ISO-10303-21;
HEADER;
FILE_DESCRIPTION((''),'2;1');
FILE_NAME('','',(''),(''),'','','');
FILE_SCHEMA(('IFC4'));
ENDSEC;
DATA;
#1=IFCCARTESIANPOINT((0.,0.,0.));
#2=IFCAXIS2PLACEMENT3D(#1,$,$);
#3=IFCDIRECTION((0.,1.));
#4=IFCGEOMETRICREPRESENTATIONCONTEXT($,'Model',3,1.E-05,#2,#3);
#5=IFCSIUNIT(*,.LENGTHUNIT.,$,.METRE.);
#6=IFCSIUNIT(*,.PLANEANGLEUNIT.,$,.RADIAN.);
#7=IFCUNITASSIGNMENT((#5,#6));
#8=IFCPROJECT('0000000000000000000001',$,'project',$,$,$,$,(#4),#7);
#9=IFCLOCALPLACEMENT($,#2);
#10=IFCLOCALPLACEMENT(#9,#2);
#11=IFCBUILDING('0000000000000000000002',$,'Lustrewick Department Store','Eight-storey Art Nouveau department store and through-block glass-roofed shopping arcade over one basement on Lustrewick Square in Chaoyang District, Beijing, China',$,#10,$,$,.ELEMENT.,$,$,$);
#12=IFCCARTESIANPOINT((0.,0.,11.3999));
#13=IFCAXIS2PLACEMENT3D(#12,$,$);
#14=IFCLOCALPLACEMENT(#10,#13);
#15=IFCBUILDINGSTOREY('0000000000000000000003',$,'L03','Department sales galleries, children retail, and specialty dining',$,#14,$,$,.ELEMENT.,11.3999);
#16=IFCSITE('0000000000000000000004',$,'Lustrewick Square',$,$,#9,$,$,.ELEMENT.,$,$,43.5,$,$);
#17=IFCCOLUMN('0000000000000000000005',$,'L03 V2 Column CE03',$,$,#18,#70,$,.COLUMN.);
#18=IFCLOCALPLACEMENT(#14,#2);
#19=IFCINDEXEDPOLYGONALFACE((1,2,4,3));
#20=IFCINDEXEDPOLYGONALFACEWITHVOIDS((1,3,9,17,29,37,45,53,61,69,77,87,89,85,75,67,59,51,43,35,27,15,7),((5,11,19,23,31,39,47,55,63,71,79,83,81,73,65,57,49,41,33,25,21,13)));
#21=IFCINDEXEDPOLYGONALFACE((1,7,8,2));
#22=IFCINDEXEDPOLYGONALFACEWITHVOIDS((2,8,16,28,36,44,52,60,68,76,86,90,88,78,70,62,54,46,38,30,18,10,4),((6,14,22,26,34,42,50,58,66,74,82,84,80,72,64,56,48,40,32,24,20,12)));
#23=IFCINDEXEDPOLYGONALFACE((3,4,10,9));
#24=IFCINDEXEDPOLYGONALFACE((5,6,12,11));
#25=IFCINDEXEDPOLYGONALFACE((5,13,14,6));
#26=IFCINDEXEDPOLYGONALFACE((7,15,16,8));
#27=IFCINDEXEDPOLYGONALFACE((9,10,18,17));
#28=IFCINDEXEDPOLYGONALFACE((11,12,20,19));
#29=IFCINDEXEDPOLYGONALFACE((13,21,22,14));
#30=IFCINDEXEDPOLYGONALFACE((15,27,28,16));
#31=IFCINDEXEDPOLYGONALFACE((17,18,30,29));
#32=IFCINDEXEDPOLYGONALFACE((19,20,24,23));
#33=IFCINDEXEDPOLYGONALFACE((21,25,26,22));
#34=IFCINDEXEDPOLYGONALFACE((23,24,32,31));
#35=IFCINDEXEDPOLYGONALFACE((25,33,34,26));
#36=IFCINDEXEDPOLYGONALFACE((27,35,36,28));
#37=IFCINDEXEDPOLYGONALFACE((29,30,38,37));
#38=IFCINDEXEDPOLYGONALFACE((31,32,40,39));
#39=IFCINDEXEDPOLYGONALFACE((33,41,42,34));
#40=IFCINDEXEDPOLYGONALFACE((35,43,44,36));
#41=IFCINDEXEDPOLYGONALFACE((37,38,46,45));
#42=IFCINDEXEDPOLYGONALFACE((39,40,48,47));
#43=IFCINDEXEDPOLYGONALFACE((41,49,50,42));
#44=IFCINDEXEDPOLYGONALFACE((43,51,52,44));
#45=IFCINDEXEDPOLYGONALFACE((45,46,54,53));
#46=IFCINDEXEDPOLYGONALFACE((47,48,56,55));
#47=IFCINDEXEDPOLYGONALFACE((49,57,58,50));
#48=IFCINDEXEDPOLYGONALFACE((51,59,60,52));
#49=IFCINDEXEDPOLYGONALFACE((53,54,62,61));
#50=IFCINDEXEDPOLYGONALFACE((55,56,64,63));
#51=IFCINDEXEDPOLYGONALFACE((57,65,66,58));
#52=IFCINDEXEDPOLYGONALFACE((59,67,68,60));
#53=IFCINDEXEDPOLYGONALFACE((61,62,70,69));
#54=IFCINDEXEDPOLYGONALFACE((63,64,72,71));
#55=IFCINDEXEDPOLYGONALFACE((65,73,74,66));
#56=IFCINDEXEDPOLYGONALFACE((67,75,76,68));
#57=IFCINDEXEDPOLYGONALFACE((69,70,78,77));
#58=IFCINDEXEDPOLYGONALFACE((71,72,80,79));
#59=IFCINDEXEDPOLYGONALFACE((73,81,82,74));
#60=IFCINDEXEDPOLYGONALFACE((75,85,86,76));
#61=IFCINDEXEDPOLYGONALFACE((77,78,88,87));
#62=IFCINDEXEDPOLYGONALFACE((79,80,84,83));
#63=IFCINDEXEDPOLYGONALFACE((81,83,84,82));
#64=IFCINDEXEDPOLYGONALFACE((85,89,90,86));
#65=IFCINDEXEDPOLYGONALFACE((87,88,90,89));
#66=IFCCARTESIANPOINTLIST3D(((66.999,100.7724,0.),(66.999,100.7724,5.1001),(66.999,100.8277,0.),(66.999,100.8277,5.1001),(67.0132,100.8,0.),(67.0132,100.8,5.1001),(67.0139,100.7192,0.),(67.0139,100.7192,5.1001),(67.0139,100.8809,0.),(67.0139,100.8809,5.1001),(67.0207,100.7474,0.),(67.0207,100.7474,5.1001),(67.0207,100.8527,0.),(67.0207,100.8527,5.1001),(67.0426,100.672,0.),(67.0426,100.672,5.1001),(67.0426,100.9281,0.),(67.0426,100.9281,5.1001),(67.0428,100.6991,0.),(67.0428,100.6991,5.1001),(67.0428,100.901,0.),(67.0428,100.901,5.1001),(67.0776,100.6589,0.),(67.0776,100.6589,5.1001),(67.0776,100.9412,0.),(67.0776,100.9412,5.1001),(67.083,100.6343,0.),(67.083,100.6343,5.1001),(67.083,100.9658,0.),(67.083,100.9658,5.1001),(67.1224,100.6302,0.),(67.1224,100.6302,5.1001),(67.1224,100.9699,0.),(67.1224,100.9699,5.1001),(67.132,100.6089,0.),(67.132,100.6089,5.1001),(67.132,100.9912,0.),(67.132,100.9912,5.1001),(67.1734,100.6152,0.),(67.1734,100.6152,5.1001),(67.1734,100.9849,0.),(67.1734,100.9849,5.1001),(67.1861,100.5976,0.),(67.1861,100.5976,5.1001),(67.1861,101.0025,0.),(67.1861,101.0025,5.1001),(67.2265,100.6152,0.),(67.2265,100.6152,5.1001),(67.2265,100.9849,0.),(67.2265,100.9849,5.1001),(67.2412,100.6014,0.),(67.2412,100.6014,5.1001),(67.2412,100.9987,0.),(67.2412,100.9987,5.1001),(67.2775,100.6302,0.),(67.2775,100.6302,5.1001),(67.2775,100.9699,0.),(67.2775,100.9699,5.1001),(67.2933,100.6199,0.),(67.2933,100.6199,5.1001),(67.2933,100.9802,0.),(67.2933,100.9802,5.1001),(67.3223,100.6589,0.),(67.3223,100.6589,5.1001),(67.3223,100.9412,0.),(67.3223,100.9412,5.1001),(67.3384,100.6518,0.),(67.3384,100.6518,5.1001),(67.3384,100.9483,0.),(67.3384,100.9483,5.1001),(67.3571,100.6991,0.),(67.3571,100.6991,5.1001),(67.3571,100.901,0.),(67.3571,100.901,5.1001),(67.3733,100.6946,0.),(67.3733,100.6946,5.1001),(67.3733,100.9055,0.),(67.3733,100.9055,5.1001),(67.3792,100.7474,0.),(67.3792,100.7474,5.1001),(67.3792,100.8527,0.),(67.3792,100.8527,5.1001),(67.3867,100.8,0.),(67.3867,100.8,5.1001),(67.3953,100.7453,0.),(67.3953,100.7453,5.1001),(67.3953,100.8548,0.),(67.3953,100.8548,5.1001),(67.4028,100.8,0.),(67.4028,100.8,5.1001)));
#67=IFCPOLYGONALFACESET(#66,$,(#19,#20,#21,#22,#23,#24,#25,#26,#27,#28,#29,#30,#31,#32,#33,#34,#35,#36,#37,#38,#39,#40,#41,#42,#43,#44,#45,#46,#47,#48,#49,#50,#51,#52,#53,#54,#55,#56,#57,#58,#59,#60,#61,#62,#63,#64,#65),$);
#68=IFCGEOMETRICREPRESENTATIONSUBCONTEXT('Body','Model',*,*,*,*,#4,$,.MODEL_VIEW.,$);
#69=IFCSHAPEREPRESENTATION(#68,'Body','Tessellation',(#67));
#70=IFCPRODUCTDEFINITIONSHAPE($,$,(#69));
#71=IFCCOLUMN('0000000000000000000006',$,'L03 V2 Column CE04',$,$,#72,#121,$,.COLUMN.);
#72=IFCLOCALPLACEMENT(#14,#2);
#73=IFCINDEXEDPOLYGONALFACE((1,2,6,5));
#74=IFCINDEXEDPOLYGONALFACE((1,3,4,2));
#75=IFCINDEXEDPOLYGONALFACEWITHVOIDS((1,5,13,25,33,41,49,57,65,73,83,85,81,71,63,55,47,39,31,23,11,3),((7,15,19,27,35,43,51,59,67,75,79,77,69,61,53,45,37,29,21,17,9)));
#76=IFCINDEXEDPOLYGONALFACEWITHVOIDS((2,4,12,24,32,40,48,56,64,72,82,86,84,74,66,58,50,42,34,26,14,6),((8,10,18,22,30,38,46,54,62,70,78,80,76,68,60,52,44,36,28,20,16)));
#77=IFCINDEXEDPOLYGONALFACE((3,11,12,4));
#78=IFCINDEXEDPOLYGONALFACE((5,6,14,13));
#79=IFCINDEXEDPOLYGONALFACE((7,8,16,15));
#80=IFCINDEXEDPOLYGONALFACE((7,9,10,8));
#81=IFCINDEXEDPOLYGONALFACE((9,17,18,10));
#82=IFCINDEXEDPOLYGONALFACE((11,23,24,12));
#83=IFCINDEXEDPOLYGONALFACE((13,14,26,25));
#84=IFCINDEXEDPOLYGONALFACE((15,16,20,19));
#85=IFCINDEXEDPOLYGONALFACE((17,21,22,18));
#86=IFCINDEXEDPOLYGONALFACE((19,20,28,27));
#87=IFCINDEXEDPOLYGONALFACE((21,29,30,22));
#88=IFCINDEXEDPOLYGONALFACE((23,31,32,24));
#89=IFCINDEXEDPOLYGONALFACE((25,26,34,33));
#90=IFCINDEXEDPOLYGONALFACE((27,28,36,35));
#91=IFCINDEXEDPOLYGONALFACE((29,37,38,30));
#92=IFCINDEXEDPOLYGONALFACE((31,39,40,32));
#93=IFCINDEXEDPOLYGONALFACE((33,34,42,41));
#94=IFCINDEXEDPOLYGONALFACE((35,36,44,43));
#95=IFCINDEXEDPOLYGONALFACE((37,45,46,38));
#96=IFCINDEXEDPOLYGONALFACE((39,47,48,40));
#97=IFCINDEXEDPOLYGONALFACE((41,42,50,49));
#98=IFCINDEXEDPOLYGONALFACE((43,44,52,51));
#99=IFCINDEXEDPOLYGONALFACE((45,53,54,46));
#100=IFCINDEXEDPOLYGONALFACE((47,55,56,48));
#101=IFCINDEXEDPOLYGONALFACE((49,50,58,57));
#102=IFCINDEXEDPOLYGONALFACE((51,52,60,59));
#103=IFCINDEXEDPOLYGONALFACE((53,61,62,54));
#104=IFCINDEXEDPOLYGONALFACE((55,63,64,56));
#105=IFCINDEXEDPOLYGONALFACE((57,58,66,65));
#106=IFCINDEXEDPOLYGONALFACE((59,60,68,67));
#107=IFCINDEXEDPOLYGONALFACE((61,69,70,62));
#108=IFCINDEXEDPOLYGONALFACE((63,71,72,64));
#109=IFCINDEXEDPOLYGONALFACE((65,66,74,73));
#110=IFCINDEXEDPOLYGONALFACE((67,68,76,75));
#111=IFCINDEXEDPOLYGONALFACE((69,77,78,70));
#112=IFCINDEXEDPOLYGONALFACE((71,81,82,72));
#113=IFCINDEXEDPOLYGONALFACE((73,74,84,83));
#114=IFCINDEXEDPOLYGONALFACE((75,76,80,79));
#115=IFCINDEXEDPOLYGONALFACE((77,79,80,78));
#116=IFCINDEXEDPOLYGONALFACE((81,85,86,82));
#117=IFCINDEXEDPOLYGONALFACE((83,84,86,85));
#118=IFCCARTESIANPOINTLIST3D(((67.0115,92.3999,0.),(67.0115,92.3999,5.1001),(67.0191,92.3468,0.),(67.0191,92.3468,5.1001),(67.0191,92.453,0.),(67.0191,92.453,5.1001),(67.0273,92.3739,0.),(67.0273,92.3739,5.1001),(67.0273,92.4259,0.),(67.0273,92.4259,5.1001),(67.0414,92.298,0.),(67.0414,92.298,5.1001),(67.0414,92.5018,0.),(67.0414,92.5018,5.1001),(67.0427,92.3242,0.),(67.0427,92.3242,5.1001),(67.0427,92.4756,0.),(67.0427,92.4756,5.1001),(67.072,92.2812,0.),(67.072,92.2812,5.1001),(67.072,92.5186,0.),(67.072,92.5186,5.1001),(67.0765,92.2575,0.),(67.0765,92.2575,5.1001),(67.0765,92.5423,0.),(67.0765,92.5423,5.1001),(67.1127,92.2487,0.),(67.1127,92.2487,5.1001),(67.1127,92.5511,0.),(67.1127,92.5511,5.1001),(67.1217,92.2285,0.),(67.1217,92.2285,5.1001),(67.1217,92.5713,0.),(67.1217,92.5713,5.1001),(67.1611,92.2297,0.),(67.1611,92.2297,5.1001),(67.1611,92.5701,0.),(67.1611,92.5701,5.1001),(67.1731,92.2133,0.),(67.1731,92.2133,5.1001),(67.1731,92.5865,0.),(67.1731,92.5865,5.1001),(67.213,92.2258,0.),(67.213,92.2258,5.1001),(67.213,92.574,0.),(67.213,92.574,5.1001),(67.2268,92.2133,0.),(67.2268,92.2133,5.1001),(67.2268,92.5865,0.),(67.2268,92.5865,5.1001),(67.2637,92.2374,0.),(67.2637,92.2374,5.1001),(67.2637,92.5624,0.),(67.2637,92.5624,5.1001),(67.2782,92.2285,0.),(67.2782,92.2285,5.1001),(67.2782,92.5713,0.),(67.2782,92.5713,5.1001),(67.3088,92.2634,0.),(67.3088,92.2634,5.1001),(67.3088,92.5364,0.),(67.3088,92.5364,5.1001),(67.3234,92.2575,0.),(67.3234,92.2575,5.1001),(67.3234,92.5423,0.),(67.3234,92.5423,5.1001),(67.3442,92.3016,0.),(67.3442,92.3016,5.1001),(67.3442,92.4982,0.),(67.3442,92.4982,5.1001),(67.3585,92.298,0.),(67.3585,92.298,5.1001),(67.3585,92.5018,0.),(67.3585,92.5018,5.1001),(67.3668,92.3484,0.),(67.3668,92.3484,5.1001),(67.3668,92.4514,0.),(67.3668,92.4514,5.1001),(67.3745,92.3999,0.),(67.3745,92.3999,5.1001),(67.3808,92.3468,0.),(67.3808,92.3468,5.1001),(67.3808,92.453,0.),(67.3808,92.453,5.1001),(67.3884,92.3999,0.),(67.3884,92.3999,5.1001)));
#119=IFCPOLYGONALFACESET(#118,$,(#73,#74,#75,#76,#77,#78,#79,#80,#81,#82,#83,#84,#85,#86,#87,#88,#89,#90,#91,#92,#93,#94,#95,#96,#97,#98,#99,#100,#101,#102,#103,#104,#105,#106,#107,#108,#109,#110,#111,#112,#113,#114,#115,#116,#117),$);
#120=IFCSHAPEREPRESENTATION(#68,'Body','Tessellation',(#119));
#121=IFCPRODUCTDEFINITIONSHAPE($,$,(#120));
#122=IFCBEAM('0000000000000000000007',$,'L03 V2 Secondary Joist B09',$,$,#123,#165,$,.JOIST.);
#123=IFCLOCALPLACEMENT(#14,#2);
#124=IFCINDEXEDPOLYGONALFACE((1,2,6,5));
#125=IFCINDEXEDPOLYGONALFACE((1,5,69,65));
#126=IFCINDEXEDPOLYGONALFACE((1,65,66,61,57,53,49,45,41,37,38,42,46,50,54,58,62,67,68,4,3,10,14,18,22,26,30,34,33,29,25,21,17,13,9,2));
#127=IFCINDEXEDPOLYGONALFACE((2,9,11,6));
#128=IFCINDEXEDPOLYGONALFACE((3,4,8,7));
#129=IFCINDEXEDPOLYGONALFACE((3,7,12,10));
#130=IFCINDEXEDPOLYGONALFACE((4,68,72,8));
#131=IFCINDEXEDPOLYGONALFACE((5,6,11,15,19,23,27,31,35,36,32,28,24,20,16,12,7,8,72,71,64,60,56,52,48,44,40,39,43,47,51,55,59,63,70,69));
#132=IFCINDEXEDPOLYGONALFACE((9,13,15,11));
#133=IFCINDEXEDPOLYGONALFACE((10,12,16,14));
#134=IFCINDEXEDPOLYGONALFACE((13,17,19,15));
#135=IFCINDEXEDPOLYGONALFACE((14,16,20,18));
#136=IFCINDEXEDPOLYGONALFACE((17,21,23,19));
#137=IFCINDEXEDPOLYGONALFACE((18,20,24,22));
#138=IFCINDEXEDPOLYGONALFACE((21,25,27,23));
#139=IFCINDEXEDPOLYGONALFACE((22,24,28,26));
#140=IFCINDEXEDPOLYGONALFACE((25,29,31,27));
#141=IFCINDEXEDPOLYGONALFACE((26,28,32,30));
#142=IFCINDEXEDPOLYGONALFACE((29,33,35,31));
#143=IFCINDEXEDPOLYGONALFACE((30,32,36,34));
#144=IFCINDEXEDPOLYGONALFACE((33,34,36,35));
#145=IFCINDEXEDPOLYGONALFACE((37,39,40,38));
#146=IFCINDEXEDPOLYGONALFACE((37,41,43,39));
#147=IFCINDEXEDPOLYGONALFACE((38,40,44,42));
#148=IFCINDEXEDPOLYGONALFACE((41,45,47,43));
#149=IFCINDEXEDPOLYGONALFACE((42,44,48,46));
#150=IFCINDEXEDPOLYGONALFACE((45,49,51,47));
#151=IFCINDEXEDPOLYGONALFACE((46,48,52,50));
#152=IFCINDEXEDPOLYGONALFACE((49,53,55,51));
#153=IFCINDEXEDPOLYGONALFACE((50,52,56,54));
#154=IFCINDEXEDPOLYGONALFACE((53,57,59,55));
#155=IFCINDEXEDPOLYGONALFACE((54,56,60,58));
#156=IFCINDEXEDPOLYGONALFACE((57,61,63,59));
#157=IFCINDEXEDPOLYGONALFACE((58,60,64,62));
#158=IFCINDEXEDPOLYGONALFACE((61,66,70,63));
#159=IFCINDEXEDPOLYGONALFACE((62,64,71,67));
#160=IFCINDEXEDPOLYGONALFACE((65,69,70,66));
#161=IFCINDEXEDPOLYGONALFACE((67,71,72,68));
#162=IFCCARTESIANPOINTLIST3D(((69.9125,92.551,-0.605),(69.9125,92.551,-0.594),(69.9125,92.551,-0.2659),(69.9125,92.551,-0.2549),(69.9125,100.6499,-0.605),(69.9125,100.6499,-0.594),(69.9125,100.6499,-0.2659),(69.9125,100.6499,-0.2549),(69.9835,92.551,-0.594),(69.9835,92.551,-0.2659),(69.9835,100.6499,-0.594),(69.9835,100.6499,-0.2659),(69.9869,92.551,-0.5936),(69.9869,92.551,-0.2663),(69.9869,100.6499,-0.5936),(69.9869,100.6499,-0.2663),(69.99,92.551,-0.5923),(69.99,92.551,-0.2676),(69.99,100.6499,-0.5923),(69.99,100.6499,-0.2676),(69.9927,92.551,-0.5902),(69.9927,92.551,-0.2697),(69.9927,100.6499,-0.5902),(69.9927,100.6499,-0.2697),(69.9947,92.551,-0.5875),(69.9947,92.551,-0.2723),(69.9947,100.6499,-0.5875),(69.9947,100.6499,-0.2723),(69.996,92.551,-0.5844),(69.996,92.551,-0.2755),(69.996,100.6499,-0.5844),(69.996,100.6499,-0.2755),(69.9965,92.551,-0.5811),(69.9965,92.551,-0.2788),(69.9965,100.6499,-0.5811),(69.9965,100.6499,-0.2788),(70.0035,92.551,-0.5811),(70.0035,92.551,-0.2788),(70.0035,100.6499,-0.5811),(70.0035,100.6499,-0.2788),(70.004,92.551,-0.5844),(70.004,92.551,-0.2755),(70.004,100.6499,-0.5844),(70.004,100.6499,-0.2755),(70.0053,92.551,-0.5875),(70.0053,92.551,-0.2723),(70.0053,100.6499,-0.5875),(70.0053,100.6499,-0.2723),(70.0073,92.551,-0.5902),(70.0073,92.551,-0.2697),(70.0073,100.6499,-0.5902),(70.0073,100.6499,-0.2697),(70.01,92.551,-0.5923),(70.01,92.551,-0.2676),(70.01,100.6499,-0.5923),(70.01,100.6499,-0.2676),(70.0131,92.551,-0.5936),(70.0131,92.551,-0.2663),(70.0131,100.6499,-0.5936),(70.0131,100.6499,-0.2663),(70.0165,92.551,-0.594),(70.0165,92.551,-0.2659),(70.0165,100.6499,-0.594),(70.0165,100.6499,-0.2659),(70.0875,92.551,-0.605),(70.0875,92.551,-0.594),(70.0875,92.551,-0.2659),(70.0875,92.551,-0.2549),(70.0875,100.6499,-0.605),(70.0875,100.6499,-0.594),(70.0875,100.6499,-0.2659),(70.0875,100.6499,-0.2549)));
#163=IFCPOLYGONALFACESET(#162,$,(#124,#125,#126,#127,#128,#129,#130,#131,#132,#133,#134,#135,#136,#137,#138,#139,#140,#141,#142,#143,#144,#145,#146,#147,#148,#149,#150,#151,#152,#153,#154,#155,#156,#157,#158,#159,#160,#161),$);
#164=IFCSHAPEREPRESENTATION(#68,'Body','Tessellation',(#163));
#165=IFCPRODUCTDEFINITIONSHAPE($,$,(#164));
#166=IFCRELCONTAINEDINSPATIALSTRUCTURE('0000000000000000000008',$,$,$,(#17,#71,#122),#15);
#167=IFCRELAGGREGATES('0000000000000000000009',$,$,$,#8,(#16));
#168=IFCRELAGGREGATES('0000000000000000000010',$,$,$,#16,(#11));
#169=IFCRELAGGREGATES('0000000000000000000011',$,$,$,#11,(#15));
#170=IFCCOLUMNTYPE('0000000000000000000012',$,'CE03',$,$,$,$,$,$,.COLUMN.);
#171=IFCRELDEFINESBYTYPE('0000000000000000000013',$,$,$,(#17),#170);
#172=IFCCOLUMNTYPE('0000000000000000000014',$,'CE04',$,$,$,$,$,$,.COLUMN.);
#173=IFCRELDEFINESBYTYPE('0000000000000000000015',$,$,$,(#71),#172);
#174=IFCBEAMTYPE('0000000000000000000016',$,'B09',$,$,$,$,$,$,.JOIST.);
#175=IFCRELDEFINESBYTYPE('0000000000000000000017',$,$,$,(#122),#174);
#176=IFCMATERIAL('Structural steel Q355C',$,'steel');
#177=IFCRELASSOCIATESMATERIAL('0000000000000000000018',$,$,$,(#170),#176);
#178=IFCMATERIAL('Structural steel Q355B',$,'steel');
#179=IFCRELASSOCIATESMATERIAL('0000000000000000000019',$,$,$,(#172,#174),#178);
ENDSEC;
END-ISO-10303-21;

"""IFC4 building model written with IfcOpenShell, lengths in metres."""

from ifc_helpers import new_model, si_unit, direction, frame, origin, origin_2d, place, context, subcontext, project, spatial, hollow_circle, i_section, extrude, material, material_profile, profile_set, type_object, element, save


model = new_model("IFC4")

# Units and contexts
model_context = context("Model", 3, precision=1e-05, world=origin(), true_north=direction((0.0, 1.0)))
body_context = subcontext(model_context, "Body", "Model", "MODEL_VIEW")
ifc_project = project(units=[si_unit("LENGTHUNIT", "METRE"), si_unit("PLANEANGLEUNIT", "RADIAN")], contexts=[model_context])

# Site, building, storey
site_placement = place(None, origin())
site = spatial("IfcSite", under=ifc_project, at=site_placement, Name="Lustrewick Square", CompositionType="ELEMENT", RefElevation=43.5)
building_placement = place(site_placement, origin())
building = spatial("IfcBuilding", under=site, at=building_placement, Name="Lustrewick Department Store", Description="Eight-storey Art Nouveau department store and through-block glass-roofed shopping arcade over one basement on Lustrewick Square in Chaoyang District, Beijing, China", CompositionType="ELEMENT")
storey_placement = place(building_placement, frame((0.0, 0.0, 11.3999)))
storey = spatial("IfcBuildingStorey", under=building, at=storey_placement, Name="L03", Description="Department sales galleries, children retail, and specialty dining", CompositionType="ELEMENT", Elevation=11.3999)

# Columns
ifc_material_1 = material(Name="Structural steel Q355C", Category="steel")
ifc_material_profile_1 = material_profile(ifc_material_1, hollow_circle(Radius=0.2029, WallThickness=0.0161, at=origin_2d()), Name="CHS 406x16")
ifc_profile_set_1 = profile_set([ifc_material_profile_1], Name="Structural steel Q355C")
column_type_1 = type_object("IfcColumnType", Name="CE03", PredefinedType="COLUMN", material=ifc_profile_set_1)
column_1_placement = place(storey_placement, frame((67.2, 100.8, 0.0), z_axis=(0.0, 0.0, 1.0), x_axis=(1.0, 0.0, 0.0)))
element("IfcColumn", 1, at=column_1_placement, inside=storey, type_object=column_type_1, Name="L03 V2 Column CE03", PredefinedType="COLUMN", context=body_context, shape_type="SweptSolid", body=[
    extrude(hollow_circle(Radius=0.2029, WallThickness=0.0161, at=origin_2d()), origin(), (0.0, 0.0, 1.0), 5.1001),
])
ifc_material_2 = material(Name="Structural steel Q355B", Category="steel")
ifc_material_profile_2 = material_profile(ifc_material_2, hollow_circle(Radius=0.1885, WallThickness=0.0139, at=origin_2d()), Name="CHS 377x14")
ifc_profile_set_2 = profile_set([ifc_material_profile_2], Name="Structural steel Q355B")
column_type_2 = type_object("IfcColumnType", Name="CE04", PredefinedType="COLUMN", material=ifc_profile_set_2)
column_2_placement = place(storey_placement, frame((67.2, 92.3999, 0.0), z_axis=(0.0, 0.0, 1.0), x_axis=(1.0, 0.0, 0.0)))
element("IfcColumn", 2, at=column_2_placement, inside=storey, type_object=column_type_2, Name="L03 V2 Column CE04", PredefinedType="COLUMN", context=body_context, shape_type="SweptSolid", body=[
    extrude(hollow_circle(Radius=0.1885, WallThickness=0.0139, at=origin_2d()), origin(), (0.0, 0.0, 1.0), 5.1001),
])

# Beam
ifc_material_profile_3 = material_profile(ifc_material_2, i_section(OverallWidth=0.175, OverallDepth=0.3501, WebThickness=0.0071, FlangeThickness=0.011, FilletRadius=0.0129, at=origin_2d()), Name="HN 350x175x7x11")
ifc_profile_set_3 = profile_set([ifc_material_profile_3], Name="Structural steel Q355B")
beam_type_1 = type_object("IfcBeamType", Name="B09", PredefinedType="JOIST", material=ifc_profile_set_3)
beam_1_placement = place(storey_placement, frame((70.0, 92.551, -0.4299), z_axis=(0.0, 1.0, 0.0), x_axis=(-1.0, 0.0, 0.0)))
element("IfcBeam", 3, at=beam_1_placement, inside=storey, type_object=beam_type_1, Name="L03 V2 Secondary Joist B09", PredefinedType="JOIST", context=body_context, shape_type="SweptSolid", body=[
    extrude(i_section(OverallWidth=0.175, OverallDepth=0.3501, WebThickness=0.0071, FlangeThickness=0.011, FilletRadius=0.0129, at=origin_2d()), origin(), (0.0, 0.0, 1.0), 8.0989),
])

save(model, "model.ifc")
